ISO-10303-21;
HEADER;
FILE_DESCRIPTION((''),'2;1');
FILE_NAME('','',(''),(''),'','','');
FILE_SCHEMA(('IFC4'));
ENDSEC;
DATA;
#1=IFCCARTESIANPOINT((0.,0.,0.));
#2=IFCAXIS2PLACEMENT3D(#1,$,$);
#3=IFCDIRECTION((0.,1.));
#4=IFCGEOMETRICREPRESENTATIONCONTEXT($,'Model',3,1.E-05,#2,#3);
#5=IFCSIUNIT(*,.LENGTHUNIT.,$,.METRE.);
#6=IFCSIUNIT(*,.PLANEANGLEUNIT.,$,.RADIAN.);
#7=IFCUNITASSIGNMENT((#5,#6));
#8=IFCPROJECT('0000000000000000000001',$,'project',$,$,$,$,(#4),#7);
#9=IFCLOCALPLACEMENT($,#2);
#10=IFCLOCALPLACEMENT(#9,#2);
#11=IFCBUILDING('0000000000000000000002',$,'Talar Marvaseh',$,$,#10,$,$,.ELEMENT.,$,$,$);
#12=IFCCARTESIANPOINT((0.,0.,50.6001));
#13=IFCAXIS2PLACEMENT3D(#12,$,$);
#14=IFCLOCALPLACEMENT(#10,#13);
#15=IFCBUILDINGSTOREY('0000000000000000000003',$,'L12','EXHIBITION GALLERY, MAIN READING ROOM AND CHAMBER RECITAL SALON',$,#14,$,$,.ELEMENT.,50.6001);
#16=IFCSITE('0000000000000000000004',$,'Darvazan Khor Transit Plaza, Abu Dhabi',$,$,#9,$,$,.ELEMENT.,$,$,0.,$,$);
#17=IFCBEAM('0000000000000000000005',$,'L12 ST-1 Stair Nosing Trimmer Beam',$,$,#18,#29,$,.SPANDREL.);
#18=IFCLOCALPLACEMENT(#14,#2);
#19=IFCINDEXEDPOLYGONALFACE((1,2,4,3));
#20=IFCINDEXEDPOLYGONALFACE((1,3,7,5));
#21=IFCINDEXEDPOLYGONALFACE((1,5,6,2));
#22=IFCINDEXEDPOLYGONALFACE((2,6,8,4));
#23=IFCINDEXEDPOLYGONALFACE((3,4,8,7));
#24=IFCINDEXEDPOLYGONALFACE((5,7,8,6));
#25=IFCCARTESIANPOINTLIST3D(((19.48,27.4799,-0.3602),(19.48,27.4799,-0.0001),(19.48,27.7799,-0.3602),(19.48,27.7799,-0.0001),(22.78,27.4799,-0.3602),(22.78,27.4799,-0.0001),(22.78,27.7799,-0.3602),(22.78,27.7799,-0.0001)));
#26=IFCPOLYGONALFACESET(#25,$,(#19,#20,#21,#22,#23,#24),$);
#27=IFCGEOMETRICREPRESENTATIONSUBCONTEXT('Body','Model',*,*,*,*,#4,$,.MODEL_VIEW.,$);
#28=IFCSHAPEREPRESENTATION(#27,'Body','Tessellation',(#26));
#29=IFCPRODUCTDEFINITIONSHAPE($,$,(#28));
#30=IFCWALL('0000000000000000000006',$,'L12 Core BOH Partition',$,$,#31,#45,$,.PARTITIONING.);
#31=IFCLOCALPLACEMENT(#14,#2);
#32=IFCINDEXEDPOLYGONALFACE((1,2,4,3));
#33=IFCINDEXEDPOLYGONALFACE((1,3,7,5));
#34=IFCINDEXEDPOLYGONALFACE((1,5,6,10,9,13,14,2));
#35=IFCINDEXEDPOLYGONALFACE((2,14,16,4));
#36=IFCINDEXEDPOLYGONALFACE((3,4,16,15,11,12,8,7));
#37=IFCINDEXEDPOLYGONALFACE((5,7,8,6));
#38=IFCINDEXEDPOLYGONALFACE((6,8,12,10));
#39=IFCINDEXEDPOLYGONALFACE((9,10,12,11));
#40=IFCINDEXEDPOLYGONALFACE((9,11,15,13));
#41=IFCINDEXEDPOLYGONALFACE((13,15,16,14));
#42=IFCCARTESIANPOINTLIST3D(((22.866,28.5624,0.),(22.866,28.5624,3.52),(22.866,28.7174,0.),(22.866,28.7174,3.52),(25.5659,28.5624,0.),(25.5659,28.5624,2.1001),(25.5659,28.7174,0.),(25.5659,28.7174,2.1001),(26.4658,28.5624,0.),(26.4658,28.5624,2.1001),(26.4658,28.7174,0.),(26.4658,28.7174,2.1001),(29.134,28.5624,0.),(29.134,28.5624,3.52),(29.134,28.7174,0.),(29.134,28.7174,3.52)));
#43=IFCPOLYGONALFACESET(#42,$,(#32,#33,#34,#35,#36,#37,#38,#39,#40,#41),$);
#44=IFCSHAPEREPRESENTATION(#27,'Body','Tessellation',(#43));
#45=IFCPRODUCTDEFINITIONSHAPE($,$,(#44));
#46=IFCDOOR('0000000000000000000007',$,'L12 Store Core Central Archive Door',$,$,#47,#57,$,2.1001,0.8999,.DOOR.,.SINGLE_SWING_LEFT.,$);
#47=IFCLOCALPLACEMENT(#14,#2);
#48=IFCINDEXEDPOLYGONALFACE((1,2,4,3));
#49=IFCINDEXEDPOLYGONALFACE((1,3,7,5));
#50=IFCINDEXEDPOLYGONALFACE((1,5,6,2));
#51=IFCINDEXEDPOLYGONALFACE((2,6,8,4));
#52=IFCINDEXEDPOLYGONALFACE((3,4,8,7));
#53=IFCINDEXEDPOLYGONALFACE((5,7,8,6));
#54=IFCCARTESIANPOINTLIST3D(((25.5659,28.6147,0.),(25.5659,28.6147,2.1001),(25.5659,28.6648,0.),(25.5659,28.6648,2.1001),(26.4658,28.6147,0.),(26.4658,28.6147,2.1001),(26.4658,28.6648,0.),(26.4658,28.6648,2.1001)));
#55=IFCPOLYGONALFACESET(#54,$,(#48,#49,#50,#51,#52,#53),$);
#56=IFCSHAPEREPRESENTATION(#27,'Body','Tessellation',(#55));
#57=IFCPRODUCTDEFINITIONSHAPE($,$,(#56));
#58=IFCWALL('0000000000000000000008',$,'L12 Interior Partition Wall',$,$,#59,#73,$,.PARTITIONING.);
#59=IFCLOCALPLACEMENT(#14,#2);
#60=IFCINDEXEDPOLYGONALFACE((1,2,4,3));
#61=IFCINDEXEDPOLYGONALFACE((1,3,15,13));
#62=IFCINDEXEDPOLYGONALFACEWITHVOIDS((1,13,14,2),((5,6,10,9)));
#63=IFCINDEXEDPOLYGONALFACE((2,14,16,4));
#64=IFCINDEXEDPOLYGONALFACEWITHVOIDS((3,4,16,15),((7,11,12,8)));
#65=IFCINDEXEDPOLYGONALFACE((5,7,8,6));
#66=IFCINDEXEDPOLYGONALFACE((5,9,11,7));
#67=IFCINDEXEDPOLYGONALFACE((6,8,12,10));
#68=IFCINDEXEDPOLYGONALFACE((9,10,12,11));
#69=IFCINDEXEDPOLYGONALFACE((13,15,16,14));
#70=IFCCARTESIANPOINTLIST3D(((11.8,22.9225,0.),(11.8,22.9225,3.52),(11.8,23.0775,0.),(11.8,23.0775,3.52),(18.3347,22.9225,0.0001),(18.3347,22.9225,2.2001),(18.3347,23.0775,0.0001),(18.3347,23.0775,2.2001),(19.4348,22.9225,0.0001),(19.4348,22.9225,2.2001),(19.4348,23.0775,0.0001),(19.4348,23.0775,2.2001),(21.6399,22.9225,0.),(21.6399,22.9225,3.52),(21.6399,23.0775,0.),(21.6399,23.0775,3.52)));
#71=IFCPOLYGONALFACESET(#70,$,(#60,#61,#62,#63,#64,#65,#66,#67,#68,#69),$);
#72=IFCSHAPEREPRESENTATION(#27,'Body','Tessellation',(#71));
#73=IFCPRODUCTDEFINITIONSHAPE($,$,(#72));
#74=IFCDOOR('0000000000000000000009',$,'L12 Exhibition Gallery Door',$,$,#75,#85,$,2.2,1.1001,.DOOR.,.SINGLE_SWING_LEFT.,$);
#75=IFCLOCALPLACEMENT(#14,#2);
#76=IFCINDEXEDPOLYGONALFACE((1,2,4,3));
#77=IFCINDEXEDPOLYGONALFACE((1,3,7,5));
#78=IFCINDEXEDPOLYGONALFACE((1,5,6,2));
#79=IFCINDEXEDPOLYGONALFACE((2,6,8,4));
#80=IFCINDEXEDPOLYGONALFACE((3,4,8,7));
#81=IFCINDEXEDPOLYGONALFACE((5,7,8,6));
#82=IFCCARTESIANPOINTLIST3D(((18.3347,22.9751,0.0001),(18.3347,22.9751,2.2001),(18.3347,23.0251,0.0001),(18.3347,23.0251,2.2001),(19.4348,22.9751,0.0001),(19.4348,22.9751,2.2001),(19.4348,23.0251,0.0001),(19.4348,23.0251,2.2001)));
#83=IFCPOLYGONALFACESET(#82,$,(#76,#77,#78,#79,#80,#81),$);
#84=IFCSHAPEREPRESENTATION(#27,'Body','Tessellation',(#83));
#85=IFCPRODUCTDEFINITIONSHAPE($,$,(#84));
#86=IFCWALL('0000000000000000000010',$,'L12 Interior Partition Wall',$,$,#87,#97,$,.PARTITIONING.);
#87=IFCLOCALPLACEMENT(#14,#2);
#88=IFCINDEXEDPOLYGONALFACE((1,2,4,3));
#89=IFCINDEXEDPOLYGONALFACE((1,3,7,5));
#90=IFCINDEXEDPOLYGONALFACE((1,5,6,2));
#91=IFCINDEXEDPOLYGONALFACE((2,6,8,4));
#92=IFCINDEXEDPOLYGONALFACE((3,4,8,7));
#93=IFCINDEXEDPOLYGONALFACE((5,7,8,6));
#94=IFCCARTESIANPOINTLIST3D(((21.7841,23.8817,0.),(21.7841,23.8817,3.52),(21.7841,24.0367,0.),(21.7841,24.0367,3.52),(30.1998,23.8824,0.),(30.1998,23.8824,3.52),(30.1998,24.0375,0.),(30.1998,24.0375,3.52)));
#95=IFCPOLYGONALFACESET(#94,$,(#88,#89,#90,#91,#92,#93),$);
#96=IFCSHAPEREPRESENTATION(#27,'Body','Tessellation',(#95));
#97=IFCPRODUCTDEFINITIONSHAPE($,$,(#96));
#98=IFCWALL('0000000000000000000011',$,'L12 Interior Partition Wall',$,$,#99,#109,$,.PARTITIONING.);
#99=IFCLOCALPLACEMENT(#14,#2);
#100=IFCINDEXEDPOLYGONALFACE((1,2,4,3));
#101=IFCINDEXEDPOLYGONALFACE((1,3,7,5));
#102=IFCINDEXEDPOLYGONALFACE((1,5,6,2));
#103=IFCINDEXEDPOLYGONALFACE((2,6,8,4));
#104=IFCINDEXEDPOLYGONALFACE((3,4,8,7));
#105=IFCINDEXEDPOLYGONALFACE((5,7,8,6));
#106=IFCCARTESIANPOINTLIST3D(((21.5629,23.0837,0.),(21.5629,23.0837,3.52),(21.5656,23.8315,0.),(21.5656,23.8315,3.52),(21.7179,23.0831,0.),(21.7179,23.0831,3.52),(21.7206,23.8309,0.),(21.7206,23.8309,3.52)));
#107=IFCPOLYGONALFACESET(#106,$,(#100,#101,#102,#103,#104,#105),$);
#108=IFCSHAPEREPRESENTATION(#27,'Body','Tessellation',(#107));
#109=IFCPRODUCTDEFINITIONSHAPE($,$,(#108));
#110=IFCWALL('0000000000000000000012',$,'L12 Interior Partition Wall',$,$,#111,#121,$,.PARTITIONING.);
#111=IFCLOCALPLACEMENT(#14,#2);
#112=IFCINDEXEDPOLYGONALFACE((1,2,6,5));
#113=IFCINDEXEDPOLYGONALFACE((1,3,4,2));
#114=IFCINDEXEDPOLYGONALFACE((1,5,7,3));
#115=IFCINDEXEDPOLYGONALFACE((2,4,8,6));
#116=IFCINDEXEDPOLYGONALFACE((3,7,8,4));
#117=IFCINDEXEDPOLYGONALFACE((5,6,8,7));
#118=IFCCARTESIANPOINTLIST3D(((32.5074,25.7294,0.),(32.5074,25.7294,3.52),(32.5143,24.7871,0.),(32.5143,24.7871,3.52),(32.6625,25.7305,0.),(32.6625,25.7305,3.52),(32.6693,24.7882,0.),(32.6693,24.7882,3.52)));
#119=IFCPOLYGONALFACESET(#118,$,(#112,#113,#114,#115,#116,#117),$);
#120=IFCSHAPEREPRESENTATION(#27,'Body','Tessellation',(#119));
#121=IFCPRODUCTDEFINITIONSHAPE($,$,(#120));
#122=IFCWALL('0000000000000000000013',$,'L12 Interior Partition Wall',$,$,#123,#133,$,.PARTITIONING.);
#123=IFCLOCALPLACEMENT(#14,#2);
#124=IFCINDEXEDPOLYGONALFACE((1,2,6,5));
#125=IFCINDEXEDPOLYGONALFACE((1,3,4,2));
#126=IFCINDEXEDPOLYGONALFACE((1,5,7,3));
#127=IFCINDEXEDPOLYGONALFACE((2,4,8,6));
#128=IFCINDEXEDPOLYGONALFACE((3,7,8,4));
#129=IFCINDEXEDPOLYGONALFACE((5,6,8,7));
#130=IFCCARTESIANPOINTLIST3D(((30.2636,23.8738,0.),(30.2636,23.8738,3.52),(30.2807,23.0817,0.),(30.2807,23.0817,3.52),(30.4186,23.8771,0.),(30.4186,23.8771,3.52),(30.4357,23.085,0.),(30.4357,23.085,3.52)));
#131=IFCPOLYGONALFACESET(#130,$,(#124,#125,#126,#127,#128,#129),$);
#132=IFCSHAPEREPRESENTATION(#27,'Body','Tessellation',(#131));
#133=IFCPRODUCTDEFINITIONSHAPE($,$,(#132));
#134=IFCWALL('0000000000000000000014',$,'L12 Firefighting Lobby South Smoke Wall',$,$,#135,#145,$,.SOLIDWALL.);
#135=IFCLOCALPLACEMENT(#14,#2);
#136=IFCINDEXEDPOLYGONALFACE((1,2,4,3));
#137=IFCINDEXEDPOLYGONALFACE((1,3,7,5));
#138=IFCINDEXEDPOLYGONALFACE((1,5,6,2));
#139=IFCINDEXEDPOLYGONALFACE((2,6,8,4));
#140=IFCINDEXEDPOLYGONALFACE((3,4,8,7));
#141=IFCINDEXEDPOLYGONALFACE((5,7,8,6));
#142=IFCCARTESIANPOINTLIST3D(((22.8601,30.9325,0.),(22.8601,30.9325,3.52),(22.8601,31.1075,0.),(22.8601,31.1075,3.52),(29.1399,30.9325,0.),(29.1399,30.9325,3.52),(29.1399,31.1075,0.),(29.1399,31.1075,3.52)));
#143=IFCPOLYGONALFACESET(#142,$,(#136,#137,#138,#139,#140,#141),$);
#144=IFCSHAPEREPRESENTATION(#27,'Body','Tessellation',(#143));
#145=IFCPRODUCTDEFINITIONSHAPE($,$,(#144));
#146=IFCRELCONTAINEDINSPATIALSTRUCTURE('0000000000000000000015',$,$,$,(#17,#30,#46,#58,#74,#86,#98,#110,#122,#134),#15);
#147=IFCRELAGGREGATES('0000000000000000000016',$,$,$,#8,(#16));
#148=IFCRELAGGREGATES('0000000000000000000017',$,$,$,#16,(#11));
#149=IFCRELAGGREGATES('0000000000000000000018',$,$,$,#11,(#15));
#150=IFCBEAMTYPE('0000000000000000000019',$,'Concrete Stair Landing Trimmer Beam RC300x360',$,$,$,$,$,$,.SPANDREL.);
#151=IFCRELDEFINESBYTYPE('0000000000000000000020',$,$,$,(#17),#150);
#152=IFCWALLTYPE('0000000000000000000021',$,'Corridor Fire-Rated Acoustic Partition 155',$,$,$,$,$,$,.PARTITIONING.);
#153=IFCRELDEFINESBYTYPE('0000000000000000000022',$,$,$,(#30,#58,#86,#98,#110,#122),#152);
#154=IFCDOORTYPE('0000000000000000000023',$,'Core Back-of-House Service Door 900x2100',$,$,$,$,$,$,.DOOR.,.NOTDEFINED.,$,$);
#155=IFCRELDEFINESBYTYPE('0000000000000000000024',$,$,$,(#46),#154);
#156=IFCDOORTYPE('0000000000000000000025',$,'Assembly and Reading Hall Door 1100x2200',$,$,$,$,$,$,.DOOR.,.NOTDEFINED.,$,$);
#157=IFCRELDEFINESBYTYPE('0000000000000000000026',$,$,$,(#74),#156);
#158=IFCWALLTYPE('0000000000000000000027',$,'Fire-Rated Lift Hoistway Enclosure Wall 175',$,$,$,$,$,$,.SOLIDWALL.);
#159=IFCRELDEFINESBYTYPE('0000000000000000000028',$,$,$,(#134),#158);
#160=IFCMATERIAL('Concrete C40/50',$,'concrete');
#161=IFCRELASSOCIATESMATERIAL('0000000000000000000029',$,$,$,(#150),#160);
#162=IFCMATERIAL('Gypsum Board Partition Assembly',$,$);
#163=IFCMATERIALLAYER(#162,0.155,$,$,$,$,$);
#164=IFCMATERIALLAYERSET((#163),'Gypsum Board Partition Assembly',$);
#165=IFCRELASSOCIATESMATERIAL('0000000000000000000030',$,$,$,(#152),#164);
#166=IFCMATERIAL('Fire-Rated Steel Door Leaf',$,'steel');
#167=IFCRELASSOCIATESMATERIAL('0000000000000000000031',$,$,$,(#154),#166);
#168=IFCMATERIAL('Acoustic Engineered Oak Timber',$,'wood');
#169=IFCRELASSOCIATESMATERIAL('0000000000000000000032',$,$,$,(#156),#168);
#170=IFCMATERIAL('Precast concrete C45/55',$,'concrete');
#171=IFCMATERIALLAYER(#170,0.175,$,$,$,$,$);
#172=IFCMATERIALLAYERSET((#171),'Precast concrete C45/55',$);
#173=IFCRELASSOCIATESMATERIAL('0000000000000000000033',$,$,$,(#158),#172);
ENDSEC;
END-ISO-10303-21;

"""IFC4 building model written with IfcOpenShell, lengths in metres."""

from ifc_helpers import new_model, si_unit, direction, frame, frame_2d, origin, origin_2d, place, context, subcontext, project, spatial, rectangle, extrude, source, transform, mapped, material, layer, layer_set, material_profile, profile_set, type_object, type_shapes, element, fill, save


model = new_model("IFC4")

# Units and contexts
model_context = context("Model", 3, precision=1e-05, world=origin(), true_north=direction((0.0, 1.0)))
body_context = subcontext(model_context, "Body", "Model", "MODEL_VIEW")
ifc_project = project(units=[si_unit("LENGTHUNIT", "METRE"), si_unit("PLANEANGLEUNIT", "RADIAN")], contexts=[model_context])

# Site, building, storey
site_placement = place(None, origin())
site = spatial("IfcSite", under=ifc_project, at=site_placement, Name="Darvazan Khor Transit Plaza, Abu Dhabi", CompositionType="ELEMENT", RefElevation=0.0)
building_placement = place(site_placement, origin())
building = spatial("IfcBuilding", under=site, at=building_placement, Name="Talar Marvaseh", CompositionType="ELEMENT")
storey_placement = place(building_placement, frame((0.0, 0.0, 50.6001)))
storey = spatial("IfcBuildingStorey", under=building, at=storey_placement, Name="L12", Description="EXHIBITION GALLERY, MAIN READING ROOM AND CHAMBER RECITAL SALON", CompositionType="ELEMENT", Elevation=50.6001)

# Beam
ifc_material_1 = material(Name="Concrete C40/50", Category="concrete")
ifc_material_profile = material_profile(ifc_material_1, rectangle(XDim=0.3, YDim=0.3601, at=origin_2d()), Name="RC300x360")
ifc_profile_set = profile_set([ifc_material_profile], Name="Concrete C40/50")
beam_type = type_object("IfcBeamType", Name="Concrete Stair Landing Trimmer Beam RC300x360", PredefinedType="SPANDREL", material=ifc_profile_set)
beam_placement = place(storey_placement, frame((22.78, 27.6299, -0.1802), z_axis=(-1.0, 0.0, 0.0), x_axis=(0.0, -1.0, 0.0)))
element("IfcBeam", 1, at=beam_placement, inside=storey, type_object=beam_type, Name="L12 ST-1 Stair Nosing Trimmer Beam", PredefinedType="SPANDREL", context=body_context, shape_type="SweptSolid", body=[
    extrude(rectangle(XDim=0.3, YDim=0.3601, at=origin_2d()), origin(), (0.0, 0.0, 1.0), 3.3),
])

# Walls, openings, doors
ifc_material_2 = material(Name="Gypsum Board Partition Assembly")
ifc_layer_1 = layer(ifc_material_2, 0.155)
ifc_layer_set_1 = layer_set([ifc_layer_1], Name="Gypsum Board Partition Assembly")
wall_type_1 = type_object("IfcWallType", Name="Corridor Fire-Rated Acoustic Partition 155", PredefinedType="PARTITIONING", material=ifc_layer_set_1)
wall_1_placement = place(storey_placement, frame((22.866, 28.6399, 0.0), z_axis=(0.0, 0.0, 1.0), x_axis=(1.0, 0.0, 0.0)))
wall_1 = element("IfcWall", 2, at=wall_1_placement, inside=storey, type_object=wall_type_1, Name="L12 Core BOH Partition", PredefinedType="PARTITIONING", context=body_context, shape_type="SweptSolid", body=[
    extrude(rectangle(XDim=6.2681, YDim=0.155, at=frame_2d((3.134, 0.0))), origin(), (0.0, 0.0, 1.0), 3.52),
])
opening_1_placement = place(wall_1_placement, frame((2.7, 0.0, 0.0)))
opening_1 = element("IfcOpeningElement", 3, at=opening_1_placement, cuts=wall_1, PredefinedType="OPENING", context=body_context, shape_type="SweptSolid", body=[
    extrude(rectangle(XDim=0.8999, YDim=2.1001, at=frame_2d((0.45, 1.05))), frame((0.0, 0.0874, 0.0), z_axis=(0.0, -1.0, 0.0), x_axis=(1.0, 0.0, 0.0)), (0.0, 0.0, 1.0), 0.175),
])
ifc_material_3 = material(Name="Fire-Rated Steel Door Leaf", Category="steel")
door_type_1 = type_object("IfcDoorType", Name="Core Back-of-House Service Door 900x2100", OperationType="NOTDEFINED", PredefinedType="DOOR", material=ifc_material_3)
shared_shape_1 = source(origin(), body_context, "Body", "SweptSolid", [
    extrude(rectangle(XDim=0.8999, YDim=2.1001, at=frame_2d((0.45, 1.05))), frame((0.0, 0.0249, 0.0), z_axis=(0.0, -1.0, 0.0), x_axis=(1.0, 0.0, 0.0)), (0.0, 0.0, 1.0), 0.05),
])
type_shapes(door_type_1, [shared_shape_1])
door_1_placement = place(opening_1_placement, origin())
door_1 = element("IfcDoor", 4, at=door_1_placement, inside=storey, type_object=door_type_1, Name="L12 Store Core Central Archive Door", OperationType="SINGLE_SWING_LEFT", OverallHeight=2.1001, OverallWidth=0.8999, PredefinedType="DOOR", context=body_context, shape_type="MappedRepresentation", body=[
    mapped(shared_shape_1, transform((0.0, 0.0, 0.0), x_axis=(1.0, 0.0, 0.0), y_axis=(0.0, 1.0, 0.0), z_axis=(0.0, 0.0, 1.0), scale=1.0)),
])
fill(opening_1, door_1)
wall_2_placement = place(storey_placement, frame((21.6399, 23.0, 0.0), z_axis=(0.0, 0.0, 1.0), x_axis=(-1.0, 0.0, 0.0)))
wall_2 = element("IfcWall", 5, at=wall_2_placement, inside=storey, type_object=wall_type_1, Name="L12 Interior Partition Wall", PredefinedType="PARTITIONING", context=body_context, shape_type="SweptSolid", body=[
    extrude(rectangle(XDim=9.8398, YDim=0.155, at=frame_2d((4.9199, 0.0))), origin(), (0.0, 0.0, 1.0), 3.52),
])
opening_2_placement = place(wall_2_placement, frame((2.2051, 0.0, 0.0)))
opening_2 = element("IfcOpeningElement", 6, at=opening_2_placement, cuts=wall_2, PredefinedType="OPENING", context=body_context, shape_type="SweptSolid", body=[
    extrude(rectangle(XDim=1.1001, YDim=2.2, at=frame_2d((0.55, 1.1001))), frame((0.0, 0.0874, 0.0), z_axis=(0.0, -1.0, 0.0), x_axis=(1.0, 0.0, 0.0)), (0.0, 0.0, 1.0), 0.175),
])
ifc_material_4 = material(Name="Acoustic Engineered Oak Timber", Category="wood")
door_type_2 = type_object("IfcDoorType", Name="Assembly and Reading Hall Door 1100x2200", OperationType="NOTDEFINED", PredefinedType="DOOR", material=ifc_material_4)
shared_shape_2 = source(origin(), body_context, "Body", "SweptSolid", [
    extrude(rectangle(XDim=1.1001, YDim=2.2, at=frame_2d((0.55, 1.1001))), frame((0.0, 0.0249, 0.0), z_axis=(0.0, -1.0, 0.0), x_axis=(1.0, 0.0, 0.0)), (0.0, 0.0, 1.0), 0.05),
])
type_shapes(door_type_2, [shared_shape_2])
door_2_placement = place(opening_2_placement, origin())
door_2 = element("IfcDoor", 7, at=door_2_placement, inside=storey, type_object=door_type_2, Name="L12 Exhibition Gallery Door", OperationType="SINGLE_SWING_LEFT", OverallHeight=2.2, OverallWidth=1.1001, PredefinedType="DOOR", context=body_context, shape_type="MappedRepresentation", body=[
    mapped(shared_shape_2, transform((0.0, 0.0, 0.0), x_axis=(1.0, 0.0, 0.0), y_axis=(0.0, 1.0, 0.0), z_axis=(0.0, 0.0, 1.0), scale=1.0)),
])
fill(opening_2, door_2)

# Walls
wall_3_placement = place(storey_placement, frame((30.2, 23.96, 0.0), z_axis=(0.0, 0.0, 1.0), x_axis=(-1.0, -0.000087, 0.0)))
element("IfcWall", 8, at=wall_3_placement, inside=storey, type_object=wall_type_1, Name="L12 Interior Partition Wall", PredefinedType="PARTITIONING", context=body_context, shape_type="SweptSolid", body=[
    extrude(rectangle(XDim=8.4158, YDim=0.155, at=frame_2d((4.208, 0.0))), origin(), (0.0, 0.0, 1.0), 3.52),
])
wall_4_placement = place(storey_placement, frame((21.6431, 23.8313, 0.0), z_axis=(0.0, 0.0, 1.0), x_axis=(-0.003591, -0.999994, 0.0)))
element("IfcWall", 9, at=wall_4_placement, inside=storey, type_object=wall_type_1, Name="L12 Interior Partition Wall", PredefinedType="PARTITIONING", context=body_context, shape_type="SweptSolid", body=[
    extrude(rectangle(XDim=0.7478, YDim=0.155, at=frame_2d((0.374, 0.0))), origin(), (0.0, 0.0, 1.0), 3.52),
])
wall_5_placement = place(storey_placement, frame((32.585, 25.73, 0.0), z_axis=(0.0, 0.0, 1.0), x_axis=(0.007254, -0.999974, 0.0)))
element("IfcWall", 10, at=wall_5_placement, inside=storey, type_object=wall_type_1, Name="L12 Interior Partition Wall", PredefinedType="PARTITIONING", context=body_context, shape_type="SweptSolid", body=[
    extrude(rectangle(XDim=0.9424, YDim=0.155, at=frame_2d((0.4712, 0.0))), origin(), (0.0, 0.0, 1.0), 3.52),
])
wall_6_placement = place(storey_placement, frame((30.3582, 23.0835, 0.0), z_axis=(0.0, 0.0, 1.0), x_axis=(-0.021573, 0.999767, 0.0)))
element("IfcWall", 11, at=wall_6_placement, inside=storey, type_object=wall_type_1, Name="L12 Interior Partition Wall", PredefinedType="PARTITIONING", context=body_context, shape_type="SweptSolid", body=[
    extrude(rectangle(XDim=0.7922, YDim=0.155, at=frame_2d((0.396, 0.0))), origin(), (0.0, 0.0, 1.0), 3.52),
])
ifc_material_5 = material(Name="Precast concrete C45/55", Category="concrete")
ifc_layer_2 = layer(ifc_material_5, 0.175)
ifc_layer_set_2 = layer_set([ifc_layer_2], Name="Precast concrete C45/55")
wall_type_2 = type_object("IfcWallType", Name="Fire-Rated Lift Hoistway Enclosure Wall 175", PredefinedType="SOLIDWALL", material=ifc_layer_set_2)
wall_7_placement = place(storey_placement, frame((22.8601, 31.02, 0.0), z_axis=(0.0, 0.0, 1.0), x_axis=(1.0, 0.0, 0.0)))
element("IfcWall", 12, at=wall_7_placement, inside=storey, type_object=wall_type_2, Name="L12 Firefighting Lobby South Smoke Wall", PredefinedType="SOLIDWALL", context=body_context, shape_type="SweptSolid", body=[
    extrude(rectangle(XDim=6.2798, YDim=0.175, at=frame_2d((3.1399, 0.0))), origin(), (0.0, 0.0, 1.0), 3.52),
])

save(model, "model.ifc")
